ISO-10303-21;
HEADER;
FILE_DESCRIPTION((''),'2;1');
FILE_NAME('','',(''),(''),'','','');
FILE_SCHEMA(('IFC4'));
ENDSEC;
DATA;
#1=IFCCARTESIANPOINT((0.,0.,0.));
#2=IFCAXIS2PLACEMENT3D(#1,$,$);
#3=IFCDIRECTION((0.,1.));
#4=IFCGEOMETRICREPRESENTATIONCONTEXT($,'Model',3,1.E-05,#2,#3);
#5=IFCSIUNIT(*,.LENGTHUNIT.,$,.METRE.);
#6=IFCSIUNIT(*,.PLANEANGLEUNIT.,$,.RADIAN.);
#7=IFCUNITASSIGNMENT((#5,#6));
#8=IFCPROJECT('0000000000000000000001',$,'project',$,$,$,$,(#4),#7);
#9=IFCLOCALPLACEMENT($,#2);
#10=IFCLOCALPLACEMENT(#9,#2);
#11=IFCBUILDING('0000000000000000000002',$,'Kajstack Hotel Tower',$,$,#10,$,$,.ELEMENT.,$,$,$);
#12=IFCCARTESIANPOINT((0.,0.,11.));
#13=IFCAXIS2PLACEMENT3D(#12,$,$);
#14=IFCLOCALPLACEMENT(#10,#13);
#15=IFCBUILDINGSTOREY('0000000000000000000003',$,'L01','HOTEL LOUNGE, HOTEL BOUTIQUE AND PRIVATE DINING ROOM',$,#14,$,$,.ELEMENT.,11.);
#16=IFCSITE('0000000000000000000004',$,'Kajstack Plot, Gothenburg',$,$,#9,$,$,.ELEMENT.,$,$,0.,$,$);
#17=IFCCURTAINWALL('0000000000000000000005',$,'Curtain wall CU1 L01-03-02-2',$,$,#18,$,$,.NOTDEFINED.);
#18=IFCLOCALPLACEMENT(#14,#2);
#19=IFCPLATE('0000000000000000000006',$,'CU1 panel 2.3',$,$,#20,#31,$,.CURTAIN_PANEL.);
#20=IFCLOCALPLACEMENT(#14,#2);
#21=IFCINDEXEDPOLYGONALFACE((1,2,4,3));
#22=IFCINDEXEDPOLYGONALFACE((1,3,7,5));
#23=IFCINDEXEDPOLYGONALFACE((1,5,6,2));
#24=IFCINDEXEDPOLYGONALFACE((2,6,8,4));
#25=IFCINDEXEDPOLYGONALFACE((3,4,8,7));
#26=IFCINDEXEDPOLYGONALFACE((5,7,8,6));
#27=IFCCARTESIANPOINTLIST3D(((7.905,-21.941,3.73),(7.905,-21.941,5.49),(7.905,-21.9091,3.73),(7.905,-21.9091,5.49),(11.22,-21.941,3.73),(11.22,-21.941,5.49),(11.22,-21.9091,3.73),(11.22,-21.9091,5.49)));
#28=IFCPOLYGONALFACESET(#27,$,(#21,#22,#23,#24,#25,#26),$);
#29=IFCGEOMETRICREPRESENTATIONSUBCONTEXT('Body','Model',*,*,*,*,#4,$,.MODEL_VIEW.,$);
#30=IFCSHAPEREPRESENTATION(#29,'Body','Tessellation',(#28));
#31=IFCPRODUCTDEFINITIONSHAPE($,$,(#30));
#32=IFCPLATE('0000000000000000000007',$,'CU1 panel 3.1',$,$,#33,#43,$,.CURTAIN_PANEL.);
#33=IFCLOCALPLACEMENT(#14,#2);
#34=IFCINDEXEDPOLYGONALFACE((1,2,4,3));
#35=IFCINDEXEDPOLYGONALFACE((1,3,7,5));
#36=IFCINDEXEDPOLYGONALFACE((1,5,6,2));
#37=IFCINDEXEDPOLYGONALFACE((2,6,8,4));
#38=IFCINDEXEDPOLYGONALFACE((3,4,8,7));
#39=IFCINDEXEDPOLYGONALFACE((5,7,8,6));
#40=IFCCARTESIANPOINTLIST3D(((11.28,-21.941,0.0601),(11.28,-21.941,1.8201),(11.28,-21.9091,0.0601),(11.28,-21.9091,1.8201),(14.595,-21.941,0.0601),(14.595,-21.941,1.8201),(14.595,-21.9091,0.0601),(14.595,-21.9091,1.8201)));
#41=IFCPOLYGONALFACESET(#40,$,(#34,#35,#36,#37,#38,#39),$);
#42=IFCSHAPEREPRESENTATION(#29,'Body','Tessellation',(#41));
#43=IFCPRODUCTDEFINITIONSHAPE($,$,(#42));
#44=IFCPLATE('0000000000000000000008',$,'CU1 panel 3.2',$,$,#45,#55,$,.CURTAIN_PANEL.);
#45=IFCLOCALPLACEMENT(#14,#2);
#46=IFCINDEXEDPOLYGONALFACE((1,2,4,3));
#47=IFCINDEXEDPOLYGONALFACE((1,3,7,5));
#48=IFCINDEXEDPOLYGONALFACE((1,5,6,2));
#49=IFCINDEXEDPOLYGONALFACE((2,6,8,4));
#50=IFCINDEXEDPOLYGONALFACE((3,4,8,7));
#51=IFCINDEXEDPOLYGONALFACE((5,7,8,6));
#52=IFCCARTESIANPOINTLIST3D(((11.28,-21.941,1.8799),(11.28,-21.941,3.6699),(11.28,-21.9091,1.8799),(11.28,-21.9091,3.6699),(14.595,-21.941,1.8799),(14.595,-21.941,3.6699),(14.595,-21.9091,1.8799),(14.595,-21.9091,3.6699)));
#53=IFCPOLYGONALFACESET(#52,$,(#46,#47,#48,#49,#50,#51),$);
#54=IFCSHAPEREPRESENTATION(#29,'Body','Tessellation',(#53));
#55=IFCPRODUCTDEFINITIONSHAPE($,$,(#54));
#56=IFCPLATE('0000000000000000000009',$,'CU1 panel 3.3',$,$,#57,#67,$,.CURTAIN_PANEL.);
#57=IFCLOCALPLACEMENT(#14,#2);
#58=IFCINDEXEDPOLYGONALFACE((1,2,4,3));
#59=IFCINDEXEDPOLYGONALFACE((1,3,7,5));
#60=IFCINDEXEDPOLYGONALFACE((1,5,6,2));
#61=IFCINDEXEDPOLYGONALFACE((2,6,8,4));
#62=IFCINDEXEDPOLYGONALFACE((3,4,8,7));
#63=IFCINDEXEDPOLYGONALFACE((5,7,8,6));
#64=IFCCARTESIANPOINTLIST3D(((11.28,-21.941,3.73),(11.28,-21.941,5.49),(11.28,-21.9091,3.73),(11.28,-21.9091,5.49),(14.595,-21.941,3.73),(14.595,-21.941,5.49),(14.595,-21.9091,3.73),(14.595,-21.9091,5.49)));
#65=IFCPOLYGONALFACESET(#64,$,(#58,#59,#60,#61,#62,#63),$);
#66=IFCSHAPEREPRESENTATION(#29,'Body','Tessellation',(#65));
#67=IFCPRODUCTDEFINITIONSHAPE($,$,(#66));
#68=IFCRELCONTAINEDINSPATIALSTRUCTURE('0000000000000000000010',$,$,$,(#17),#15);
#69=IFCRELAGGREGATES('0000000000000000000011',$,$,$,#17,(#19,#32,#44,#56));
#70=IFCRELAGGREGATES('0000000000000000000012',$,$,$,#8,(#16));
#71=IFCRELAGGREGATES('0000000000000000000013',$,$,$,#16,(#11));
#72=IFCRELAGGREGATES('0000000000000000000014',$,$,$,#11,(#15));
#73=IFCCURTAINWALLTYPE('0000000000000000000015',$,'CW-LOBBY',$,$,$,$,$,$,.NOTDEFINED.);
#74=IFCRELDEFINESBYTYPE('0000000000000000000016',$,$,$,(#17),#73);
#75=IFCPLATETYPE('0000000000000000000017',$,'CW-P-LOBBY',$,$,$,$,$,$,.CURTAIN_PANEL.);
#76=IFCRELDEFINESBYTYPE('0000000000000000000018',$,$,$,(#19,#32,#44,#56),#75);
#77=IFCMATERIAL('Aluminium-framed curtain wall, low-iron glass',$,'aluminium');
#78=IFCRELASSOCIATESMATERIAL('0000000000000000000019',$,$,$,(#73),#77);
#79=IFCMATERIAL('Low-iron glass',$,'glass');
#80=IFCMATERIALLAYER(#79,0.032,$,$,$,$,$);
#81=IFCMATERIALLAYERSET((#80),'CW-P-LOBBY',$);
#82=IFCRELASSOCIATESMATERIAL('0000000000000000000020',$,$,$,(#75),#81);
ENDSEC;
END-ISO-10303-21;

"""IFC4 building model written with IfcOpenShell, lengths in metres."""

from ifc_helpers import new_model, si_unit, direction, frame, origin, origin_2d, place, context, subcontext, project, spatial, rectangle, extrude, material, layer, layer_set, type_object, element, aggregate, save


model = new_model("IFC4")

# Units and contexts
model_context = context("Model", 3, precision=1e-05, world=origin(), true_north=direction((0.0, 1.0)))
body_context = subcontext(model_context, "Body", "Model", "MODEL_VIEW")
ifc_project = project(units=[si_unit("LENGTHUNIT", "METRE"), si_unit("PLANEANGLEUNIT", "RADIAN")], contexts=[model_context])

# Site, building, storey
site_placement = place(None, origin())
site = spatial("IfcSite", under=ifc_project, at=site_placement, Name="Kajstack Plot, Gothenburg", CompositionType="ELEMENT", RefElevation=0.0)
building_placement = place(site_placement, origin())
building = spatial("IfcBuilding", under=site, at=building_placement, Name="Kajstack Hotel Tower", CompositionType="ELEMENT")
storey_placement = place(building_placement, frame((0.0, 0.0, 11.0)))
storey = spatial("IfcBuildingStorey", under=building, at=storey_placement, Name="L01", Description="HOTEL LOUNGE, HOTEL BOUTIQUE AND PRIVATE DINING ROOM", CompositionType="ELEMENT", Elevation=11.0)

# Curtain wall
ifc_material_1 = material(Name="Aluminium-framed curtain wall, low-iron glass", Category="aluminium")
curtain_wall_type = type_object("IfcCurtainWallType", Name="CW-LOBBY", PredefinedType="NOTDEFINED", material=ifc_material_1)
curtain_wall_1_placement = place(storey_placement, origin())
curtain_wall_1 = element("IfcCurtainWall", 1, at=curtain_wall_1_placement, inside=storey, type_object=curtain_wall_type, Name="Curtain wall CU1 L01-03-02-2", PredefinedType="NOTDEFINED")

# Plates
ifc_material_2 = material(Name="Low-iron glass", Category="glass")
ifc_layer = layer(ifc_material_2, 0.032)
ifc_layer_set = layer_set([ifc_layer], Name="CW-P-LOBBY")
plate_type = type_object("IfcPlateType", Name="CW-P-LOBBY", PredefinedType="CURTAIN_PANEL", material=ifc_layer_set)
plate_1_placement = place(storey_placement, frame((9.5625, -21.925, 3.73), z_axis=(0.0, 0.0, 1.0), x_axis=(1.0, 0.0, 0.0)))
plate_1 = element("IfcPlate", 2, at=plate_1_placement, type_object=plate_type, Name="CU1 panel 2.3", PredefinedType="CURTAIN_PANEL", context=body_context, shape_type="SweptSolid", body=[
    extrude(rectangle(XDim=3.3149, YDim=0.032, at=origin_2d()), origin(), (0.0, 0.0, 1.0), 1.76),
])
plate_2_placement = place(storey_placement, frame((12.9375, -21.925, 0.0601), z_axis=(0.0, 0.0, 1.0), x_axis=(1.0, 0.0, 0.0)))
plate_2 = element("IfcPlate", 3, at=plate_2_placement, type_object=plate_type, Name="CU1 panel 3.1", PredefinedType="CURTAIN_PANEL", context=body_context, shape_type="SweptSolid", body=[
    extrude(rectangle(XDim=3.3149, YDim=0.032, at=origin_2d()), origin(), (0.0, 0.0, 1.0), 1.76),
])
plate_3_placement = place(storey_placement, frame((12.9375, -21.925, 1.8799), z_axis=(0.0, 0.0, 1.0), x_axis=(1.0, 0.0, 0.0)))
plate_3 = element("IfcPlate", 4, at=plate_3_placement, type_object=plate_type, Name="CU1 panel 3.2", PredefinedType="CURTAIN_PANEL", context=body_context, shape_type="SweptSolid", body=[
    extrude(rectangle(XDim=3.3149, YDim=0.032, at=origin_2d()), origin(), (0.0, 0.0, 1.0), 1.79),
])
plate_4_placement = place(storey_placement, frame((12.9375, -21.925, 3.73), z_axis=(0.0, 0.0, 1.0), x_axis=(1.0, 0.0, 0.0)))
plate_4 = element("IfcPlate", 5, at=plate_4_placement, type_object=plate_type, Name="CU1 panel 3.3", PredefinedType="CURTAIN_PANEL", context=body_context, shape_type="SweptSolid", body=[
    extrude(rectangle(XDim=3.3149, YDim=0.032, at=origin_2d()), origin(), (0.0, 0.0, 1.0), 1.76),
])
aggregate(curtain_wall_1, [plate_1, plate_2, plate_3, plate_4])

save(model, "model.ifc")
